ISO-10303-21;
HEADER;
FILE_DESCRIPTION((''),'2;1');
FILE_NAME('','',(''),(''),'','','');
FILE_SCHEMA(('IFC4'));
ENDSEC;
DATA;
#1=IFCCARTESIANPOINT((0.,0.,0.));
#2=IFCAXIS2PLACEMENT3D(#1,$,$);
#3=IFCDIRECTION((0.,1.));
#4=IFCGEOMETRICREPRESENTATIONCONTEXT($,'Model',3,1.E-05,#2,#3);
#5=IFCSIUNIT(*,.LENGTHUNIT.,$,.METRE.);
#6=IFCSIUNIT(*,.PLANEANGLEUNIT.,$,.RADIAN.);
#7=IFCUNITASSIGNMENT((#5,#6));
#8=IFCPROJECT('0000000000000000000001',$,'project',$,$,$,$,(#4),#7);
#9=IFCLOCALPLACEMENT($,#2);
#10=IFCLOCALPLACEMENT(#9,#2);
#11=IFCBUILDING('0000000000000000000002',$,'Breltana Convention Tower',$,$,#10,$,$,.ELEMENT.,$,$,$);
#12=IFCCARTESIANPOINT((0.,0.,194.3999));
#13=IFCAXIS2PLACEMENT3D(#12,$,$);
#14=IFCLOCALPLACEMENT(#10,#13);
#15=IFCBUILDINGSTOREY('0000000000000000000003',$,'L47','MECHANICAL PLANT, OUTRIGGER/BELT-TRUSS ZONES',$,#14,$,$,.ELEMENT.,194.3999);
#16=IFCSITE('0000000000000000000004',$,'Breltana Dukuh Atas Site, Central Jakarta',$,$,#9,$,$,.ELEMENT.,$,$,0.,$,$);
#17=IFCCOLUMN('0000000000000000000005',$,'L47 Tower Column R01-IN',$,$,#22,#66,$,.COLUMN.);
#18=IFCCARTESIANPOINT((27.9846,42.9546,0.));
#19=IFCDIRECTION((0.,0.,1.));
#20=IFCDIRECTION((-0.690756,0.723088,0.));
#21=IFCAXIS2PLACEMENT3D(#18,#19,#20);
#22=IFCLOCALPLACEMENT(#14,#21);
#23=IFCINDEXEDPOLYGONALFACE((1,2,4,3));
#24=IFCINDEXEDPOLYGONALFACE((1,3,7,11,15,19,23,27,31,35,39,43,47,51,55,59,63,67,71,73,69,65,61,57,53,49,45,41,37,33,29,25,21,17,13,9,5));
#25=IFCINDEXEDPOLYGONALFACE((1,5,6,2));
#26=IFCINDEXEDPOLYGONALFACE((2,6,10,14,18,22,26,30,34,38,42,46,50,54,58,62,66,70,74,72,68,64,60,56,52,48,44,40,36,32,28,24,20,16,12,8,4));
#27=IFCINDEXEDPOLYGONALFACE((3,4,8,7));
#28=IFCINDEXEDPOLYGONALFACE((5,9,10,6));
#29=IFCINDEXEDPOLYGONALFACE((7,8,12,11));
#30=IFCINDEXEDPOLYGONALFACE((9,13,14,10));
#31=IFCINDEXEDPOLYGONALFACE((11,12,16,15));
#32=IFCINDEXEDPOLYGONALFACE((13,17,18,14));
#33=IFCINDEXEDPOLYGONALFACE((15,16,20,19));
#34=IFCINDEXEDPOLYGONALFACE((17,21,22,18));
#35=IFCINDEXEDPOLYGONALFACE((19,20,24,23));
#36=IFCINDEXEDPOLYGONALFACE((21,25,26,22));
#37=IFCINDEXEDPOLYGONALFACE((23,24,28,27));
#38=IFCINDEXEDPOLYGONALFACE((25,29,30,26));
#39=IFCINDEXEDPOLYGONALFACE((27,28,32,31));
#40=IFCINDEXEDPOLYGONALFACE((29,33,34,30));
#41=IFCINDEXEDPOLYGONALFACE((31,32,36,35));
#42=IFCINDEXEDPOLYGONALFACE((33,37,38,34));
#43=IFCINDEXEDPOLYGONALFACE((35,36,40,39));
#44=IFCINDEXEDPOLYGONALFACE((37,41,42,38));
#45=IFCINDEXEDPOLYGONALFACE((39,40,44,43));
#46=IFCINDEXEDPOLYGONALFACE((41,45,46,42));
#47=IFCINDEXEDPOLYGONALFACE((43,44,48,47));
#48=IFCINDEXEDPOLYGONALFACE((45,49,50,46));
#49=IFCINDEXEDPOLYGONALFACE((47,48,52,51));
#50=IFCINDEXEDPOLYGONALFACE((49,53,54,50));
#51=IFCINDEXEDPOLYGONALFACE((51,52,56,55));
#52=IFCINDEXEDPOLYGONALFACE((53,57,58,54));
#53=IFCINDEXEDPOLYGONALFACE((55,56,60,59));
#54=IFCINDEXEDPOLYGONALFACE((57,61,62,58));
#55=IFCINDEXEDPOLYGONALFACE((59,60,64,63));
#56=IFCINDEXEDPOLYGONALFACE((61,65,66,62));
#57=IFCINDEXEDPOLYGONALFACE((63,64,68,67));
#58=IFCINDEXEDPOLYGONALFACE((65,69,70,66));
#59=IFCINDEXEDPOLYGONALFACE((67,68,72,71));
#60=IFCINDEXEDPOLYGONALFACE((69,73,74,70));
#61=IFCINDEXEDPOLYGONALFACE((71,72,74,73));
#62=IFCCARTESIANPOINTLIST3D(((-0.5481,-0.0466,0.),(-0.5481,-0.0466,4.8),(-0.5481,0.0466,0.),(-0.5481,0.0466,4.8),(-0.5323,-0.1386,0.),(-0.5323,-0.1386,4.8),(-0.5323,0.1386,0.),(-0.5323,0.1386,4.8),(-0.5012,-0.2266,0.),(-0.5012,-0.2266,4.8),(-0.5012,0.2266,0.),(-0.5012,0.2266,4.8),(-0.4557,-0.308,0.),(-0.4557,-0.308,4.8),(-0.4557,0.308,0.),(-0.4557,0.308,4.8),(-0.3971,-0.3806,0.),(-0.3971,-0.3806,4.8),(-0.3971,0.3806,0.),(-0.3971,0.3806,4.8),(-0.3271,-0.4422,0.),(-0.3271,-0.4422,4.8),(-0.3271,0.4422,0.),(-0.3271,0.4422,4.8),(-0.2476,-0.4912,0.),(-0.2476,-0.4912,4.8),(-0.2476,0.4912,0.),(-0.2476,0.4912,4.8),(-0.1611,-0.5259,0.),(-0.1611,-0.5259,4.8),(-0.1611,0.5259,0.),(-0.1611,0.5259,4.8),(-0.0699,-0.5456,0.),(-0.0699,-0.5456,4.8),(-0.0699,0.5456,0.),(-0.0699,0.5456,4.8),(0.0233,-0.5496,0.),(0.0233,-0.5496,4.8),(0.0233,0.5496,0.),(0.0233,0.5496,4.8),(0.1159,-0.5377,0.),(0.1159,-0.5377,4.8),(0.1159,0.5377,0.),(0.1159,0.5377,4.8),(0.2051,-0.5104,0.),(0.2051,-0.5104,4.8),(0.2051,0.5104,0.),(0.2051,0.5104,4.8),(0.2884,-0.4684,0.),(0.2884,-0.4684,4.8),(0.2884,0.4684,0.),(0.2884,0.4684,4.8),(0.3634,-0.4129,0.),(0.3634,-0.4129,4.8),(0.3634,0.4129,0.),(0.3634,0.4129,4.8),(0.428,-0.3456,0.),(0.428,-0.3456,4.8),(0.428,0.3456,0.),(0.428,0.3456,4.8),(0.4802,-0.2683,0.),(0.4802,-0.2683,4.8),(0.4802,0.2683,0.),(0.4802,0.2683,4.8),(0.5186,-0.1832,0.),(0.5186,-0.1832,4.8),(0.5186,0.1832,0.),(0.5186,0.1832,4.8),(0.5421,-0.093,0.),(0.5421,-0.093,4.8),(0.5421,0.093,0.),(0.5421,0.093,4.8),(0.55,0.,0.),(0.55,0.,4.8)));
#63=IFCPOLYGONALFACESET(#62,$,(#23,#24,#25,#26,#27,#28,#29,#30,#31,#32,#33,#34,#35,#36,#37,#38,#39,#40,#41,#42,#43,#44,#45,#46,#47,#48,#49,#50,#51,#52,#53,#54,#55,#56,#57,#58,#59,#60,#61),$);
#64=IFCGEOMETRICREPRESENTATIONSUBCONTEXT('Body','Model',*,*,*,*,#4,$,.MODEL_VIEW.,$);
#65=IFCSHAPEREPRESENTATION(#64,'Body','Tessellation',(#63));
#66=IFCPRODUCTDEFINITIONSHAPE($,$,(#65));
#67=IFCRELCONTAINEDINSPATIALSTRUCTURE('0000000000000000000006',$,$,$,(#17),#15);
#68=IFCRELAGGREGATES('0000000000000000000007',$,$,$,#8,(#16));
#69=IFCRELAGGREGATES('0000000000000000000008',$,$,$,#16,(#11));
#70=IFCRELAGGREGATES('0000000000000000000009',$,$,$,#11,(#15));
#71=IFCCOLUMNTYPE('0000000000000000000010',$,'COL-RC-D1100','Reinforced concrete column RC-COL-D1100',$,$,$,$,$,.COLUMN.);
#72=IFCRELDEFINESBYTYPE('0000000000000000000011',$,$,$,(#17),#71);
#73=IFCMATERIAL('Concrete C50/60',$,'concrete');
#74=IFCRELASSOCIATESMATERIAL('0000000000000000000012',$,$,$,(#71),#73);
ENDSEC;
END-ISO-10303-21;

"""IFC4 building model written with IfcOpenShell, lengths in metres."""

from ifc_helpers import new_model, si_unit, direction, frame, origin, origin_2d, place, context, subcontext, project, spatial, circle, extrude, source, transform, mapped, material, material_profile, profile_set, type_object, element, save


model = new_model("IFC4")

# Units and contexts
model_context = context("Model", 3, precision=1e-05, world=origin(), true_north=direction((0.0, 1.0)))
body_context = subcontext(model_context, "Body", "Model", "MODEL_VIEW")
ifc_project = project(units=[si_unit("LENGTHUNIT", "METRE"), si_unit("PLANEANGLEUNIT", "RADIAN")], contexts=[model_context])

# Site, building, storey
site_placement = place(None, origin())
site = spatial("IfcSite", under=ifc_project, at=site_placement, Name="Breltana Dukuh Atas Site, Central Jakarta", CompositionType="ELEMENT", RefElevation=0.0)
building_placement = place(site_placement, origin())
building = spatial("IfcBuilding", under=site, at=building_placement, Name="Breltana Convention Tower", CompositionType="ELEMENT")
storey_placement = place(building_placement, frame((0.0, 0.0, 194.3999)))
storey = spatial("IfcBuildingStorey", under=building, at=storey_placement, Name="L47", Description="MECHANICAL PLANT, OUTRIGGER/BELT-TRUSS ZONES", CompositionType="ELEMENT", Elevation=194.3999)

# Column
ifc_material_1 = material(Name="Concrete C50/60", Category="concrete")
ifc_material_profile_1 = material_profile(ifc_material_1, circle(Radius=0.55, at=origin_2d()), Name="RC-COL-D1100")
ifc_profile_set_1 = profile_set([ifc_material_profile_1], Name="Concrete C50/60")
column_type = type_object("IfcColumnType", Name="COL-RC-D1100", Description="Reinforced concrete column RC-COL-D1100", PredefinedType="COLUMN", material=ifc_profile_set_1)
shared_shape_1 = source(origin(), body_context, "Body", "SweptSolid", [
    extrude(circle(Radius=0.55, at=origin_2d()), origin(), (0.0, 0.0, 1.0), 4.8),
])
column_placement = place(storey_placement, frame((27.9846, 42.9546, 0.0), z_axis=(0.0, 0.0, 1.0), x_axis=(-0.690756, 0.723088, 0.0)))
element("IfcColumn", 1, at=column_placement, inside=storey, type_object=column_type, Name="L47 Tower Column R01-IN", PredefinedType="COLUMN", context=body_context, shape_type="MappedRepresentation", body=[
    mapped(shared_shape_1, transform((0.0, 0.0, 0.0), scale=1.0)),
])

save(model, "model.ifc")
